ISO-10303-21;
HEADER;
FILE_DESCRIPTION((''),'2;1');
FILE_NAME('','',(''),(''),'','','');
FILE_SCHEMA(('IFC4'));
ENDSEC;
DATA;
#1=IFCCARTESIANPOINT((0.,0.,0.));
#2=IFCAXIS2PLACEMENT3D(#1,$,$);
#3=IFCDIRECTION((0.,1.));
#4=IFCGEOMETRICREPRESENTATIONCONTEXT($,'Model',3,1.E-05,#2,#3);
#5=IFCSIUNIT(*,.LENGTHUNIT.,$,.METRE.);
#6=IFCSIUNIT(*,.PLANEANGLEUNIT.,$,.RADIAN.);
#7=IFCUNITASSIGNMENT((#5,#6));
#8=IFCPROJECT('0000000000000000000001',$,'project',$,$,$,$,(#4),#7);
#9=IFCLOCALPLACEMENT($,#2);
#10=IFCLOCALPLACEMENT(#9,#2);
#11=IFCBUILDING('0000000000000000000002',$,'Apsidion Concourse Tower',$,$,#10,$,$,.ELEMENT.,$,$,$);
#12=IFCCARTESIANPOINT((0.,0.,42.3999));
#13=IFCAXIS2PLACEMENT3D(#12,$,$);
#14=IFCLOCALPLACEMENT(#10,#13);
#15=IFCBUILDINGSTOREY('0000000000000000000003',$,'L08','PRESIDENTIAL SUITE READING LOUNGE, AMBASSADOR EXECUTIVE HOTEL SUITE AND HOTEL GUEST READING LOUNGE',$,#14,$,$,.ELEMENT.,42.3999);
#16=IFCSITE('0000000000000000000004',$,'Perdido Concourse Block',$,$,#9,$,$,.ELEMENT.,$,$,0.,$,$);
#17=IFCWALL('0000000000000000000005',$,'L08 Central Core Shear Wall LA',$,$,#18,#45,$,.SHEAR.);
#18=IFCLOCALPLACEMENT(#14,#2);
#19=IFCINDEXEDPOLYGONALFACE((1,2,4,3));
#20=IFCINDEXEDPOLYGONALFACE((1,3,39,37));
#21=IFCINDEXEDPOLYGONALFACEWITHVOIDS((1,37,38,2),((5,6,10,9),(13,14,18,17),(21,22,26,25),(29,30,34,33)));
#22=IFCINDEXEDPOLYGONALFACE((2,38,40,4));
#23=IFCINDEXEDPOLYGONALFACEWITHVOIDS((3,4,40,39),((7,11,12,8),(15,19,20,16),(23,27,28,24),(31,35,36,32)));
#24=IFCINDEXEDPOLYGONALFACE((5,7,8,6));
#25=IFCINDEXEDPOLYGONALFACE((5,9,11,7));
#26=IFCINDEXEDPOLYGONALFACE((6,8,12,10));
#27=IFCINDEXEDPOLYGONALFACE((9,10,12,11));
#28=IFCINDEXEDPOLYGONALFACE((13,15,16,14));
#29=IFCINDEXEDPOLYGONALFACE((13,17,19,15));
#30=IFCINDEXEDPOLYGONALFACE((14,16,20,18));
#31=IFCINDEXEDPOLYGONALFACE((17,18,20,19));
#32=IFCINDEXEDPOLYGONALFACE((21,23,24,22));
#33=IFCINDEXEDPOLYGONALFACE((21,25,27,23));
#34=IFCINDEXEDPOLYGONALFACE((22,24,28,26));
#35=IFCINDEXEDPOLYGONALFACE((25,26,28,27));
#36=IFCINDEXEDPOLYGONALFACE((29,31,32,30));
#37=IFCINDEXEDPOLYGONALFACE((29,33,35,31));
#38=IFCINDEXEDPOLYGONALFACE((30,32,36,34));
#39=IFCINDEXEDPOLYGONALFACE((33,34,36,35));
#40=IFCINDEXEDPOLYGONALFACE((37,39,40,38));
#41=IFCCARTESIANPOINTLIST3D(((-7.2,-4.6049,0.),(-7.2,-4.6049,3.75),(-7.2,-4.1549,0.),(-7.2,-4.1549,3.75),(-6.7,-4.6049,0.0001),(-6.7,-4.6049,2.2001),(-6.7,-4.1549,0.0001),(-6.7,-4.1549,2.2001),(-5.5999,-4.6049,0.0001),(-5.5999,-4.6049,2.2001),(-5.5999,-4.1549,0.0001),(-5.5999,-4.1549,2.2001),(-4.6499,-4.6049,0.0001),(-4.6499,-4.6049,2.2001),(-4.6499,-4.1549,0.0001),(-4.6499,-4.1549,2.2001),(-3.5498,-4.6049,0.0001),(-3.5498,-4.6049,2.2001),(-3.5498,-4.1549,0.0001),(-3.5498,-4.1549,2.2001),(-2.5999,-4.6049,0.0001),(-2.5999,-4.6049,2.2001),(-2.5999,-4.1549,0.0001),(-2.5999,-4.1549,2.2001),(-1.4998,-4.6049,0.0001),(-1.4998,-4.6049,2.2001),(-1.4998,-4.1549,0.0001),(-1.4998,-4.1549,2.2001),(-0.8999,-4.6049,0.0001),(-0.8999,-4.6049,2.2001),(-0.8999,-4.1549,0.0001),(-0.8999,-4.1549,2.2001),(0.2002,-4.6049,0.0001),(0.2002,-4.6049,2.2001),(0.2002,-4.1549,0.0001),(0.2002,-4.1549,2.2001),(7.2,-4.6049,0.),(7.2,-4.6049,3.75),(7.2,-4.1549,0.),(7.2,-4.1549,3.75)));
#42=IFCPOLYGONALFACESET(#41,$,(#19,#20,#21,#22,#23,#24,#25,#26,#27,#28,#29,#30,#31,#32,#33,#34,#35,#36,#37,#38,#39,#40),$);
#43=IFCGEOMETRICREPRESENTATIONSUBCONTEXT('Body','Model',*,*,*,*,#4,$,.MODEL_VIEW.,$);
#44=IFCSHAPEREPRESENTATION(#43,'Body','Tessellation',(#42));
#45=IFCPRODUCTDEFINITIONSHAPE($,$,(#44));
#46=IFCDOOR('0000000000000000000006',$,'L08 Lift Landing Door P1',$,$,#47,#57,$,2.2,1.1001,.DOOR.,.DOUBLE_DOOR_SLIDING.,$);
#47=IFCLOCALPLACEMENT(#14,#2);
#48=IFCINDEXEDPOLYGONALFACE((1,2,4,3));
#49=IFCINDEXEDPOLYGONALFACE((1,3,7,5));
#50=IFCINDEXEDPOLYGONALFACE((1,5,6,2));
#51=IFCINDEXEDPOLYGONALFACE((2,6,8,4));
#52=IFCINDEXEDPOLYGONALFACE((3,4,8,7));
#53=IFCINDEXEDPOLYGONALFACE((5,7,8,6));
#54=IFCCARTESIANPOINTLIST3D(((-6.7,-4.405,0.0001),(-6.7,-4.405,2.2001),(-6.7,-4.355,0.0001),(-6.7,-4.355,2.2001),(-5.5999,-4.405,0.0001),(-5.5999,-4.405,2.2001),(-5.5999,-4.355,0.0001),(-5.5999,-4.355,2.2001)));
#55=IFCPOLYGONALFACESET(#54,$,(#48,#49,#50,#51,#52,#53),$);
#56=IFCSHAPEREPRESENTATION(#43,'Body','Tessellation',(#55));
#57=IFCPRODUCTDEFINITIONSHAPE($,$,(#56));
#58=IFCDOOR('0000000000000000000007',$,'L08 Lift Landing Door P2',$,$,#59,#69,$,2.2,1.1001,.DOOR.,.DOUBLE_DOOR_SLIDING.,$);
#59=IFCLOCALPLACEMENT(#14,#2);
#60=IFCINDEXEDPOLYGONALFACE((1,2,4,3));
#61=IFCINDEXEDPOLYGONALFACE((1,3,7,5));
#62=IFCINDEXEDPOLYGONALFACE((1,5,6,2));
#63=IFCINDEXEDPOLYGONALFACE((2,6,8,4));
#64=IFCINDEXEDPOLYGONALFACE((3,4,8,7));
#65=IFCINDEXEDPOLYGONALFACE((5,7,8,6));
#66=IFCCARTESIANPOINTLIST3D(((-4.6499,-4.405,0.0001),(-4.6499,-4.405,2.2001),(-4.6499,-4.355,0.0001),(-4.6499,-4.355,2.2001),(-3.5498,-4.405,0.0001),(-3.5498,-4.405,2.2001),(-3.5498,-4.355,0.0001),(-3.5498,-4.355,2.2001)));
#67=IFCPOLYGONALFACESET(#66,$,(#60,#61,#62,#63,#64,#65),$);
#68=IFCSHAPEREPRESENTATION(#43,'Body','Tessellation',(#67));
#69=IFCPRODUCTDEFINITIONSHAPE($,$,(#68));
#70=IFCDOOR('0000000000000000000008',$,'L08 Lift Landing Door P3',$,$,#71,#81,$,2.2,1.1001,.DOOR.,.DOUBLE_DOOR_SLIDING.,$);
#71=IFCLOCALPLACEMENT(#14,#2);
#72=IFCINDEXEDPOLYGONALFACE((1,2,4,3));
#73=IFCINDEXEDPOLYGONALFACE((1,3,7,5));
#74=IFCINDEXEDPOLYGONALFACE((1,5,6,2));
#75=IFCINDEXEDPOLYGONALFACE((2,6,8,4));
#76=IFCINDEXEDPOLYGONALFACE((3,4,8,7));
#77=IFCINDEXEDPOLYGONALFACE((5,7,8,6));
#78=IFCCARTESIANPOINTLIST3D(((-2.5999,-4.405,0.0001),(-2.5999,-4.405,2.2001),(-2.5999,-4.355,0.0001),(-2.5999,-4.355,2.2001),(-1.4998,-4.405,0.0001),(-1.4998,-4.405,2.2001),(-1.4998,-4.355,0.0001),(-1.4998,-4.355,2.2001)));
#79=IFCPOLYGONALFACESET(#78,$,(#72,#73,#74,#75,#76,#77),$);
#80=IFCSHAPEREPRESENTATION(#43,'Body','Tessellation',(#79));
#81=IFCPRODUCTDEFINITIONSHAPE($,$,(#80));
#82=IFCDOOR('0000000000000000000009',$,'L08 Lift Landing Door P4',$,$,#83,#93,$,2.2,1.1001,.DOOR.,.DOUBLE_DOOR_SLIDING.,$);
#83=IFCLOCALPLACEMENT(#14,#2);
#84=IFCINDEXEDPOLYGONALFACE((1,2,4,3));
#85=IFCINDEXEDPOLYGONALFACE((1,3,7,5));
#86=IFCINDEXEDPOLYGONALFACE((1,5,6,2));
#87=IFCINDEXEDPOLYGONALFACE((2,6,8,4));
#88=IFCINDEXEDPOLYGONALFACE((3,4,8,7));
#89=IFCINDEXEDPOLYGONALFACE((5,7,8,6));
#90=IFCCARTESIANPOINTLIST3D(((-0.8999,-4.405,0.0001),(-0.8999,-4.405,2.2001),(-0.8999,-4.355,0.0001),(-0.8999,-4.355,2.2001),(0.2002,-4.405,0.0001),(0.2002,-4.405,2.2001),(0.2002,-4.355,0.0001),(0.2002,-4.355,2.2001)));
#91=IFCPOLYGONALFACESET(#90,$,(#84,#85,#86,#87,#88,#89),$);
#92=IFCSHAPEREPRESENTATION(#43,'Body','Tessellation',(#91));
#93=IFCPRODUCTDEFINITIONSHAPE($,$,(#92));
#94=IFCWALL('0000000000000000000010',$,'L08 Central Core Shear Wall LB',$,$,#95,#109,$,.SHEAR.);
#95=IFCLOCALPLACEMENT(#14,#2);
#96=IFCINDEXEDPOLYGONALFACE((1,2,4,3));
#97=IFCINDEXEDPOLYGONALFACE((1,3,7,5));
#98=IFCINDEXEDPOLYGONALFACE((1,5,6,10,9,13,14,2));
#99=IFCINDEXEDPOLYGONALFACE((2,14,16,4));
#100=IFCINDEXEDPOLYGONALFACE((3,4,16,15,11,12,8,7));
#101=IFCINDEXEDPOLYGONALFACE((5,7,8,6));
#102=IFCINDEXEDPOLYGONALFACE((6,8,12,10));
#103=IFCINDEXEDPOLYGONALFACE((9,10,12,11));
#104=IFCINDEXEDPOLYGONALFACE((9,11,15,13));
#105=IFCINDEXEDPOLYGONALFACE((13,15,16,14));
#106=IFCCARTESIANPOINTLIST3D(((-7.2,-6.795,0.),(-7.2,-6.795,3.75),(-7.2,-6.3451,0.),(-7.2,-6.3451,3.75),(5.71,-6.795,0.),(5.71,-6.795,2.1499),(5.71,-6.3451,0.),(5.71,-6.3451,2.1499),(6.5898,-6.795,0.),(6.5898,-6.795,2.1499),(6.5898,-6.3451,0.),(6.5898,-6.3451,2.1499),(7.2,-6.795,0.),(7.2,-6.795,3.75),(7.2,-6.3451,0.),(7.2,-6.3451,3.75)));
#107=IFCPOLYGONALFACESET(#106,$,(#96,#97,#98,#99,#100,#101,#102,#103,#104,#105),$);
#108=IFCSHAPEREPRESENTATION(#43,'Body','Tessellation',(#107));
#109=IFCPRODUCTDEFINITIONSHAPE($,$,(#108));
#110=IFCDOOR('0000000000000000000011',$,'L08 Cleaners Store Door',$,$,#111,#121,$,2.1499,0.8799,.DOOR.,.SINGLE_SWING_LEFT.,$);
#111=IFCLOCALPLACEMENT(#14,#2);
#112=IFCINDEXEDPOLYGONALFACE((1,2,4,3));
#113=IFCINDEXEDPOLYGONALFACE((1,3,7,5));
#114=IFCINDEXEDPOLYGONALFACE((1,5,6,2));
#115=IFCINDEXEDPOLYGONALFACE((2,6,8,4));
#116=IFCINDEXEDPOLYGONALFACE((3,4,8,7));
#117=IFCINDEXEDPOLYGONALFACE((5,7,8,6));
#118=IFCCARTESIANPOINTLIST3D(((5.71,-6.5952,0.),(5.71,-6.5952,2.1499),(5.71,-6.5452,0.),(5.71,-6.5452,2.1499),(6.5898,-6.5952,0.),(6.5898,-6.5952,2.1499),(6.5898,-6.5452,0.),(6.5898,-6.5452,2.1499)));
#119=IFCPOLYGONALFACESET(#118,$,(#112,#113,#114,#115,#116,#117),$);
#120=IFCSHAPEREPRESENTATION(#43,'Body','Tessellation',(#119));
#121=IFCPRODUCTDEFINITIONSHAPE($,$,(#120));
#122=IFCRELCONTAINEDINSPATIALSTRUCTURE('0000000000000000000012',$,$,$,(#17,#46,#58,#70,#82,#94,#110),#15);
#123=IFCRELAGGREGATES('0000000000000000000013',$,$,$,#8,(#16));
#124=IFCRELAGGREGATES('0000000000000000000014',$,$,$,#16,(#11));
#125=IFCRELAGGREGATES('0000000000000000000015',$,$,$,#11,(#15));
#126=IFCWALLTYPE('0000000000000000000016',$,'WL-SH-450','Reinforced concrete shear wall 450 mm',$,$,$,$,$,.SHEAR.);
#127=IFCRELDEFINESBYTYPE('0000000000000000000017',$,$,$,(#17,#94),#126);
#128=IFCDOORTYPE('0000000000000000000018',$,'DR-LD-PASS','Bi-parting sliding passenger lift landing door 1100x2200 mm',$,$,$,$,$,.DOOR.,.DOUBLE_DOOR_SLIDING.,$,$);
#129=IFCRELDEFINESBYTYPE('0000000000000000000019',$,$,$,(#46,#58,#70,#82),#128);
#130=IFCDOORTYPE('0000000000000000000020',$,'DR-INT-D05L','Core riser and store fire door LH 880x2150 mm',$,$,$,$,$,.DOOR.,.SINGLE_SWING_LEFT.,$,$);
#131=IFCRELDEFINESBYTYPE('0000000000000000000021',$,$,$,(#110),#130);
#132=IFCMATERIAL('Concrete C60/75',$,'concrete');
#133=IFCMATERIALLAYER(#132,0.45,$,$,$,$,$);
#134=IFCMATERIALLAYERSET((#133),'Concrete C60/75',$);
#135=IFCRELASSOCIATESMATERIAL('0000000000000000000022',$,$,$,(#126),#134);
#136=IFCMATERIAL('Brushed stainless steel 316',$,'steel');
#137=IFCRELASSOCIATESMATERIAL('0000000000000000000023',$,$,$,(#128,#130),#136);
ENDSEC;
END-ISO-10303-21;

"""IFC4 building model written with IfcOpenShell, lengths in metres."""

from ifc_helpers import new_model, si_unit, direction, frame, frame_2d, origin, place, context, subcontext, project, spatial, rectangle, extrude, material, layer, layer_set, type_object, element, fill, save


model = new_model("IFC4")

# Units and contexts
model_context = context("Model", 3, precision=1e-05, world=origin(), true_north=direction((0.0, 1.0)))
body_context = subcontext(model_context, "Body", "Model", "MODEL_VIEW")
ifc_project = project(units=[si_unit("LENGTHUNIT", "METRE"), si_unit("PLANEANGLEUNIT", "RADIAN")], contexts=[model_context])

# Site, building, storey
site_placement = place(None, origin())
site = spatial("IfcSite", under=ifc_project, at=site_placement, Name="Perdido Concourse Block", CompositionType="ELEMENT", RefElevation=0.0)
building_placement = place(site_placement, origin())
building = spatial("IfcBuilding", under=site, at=building_placement, Name="Apsidion Concourse Tower", CompositionType="ELEMENT")
storey_placement = place(building_placement, frame((0.0, 0.0, 42.3999)))
storey = spatial("IfcBuildingStorey", under=building, at=storey_placement, Name="L08", Description="PRESIDENTIAL SUITE READING LOUNGE, AMBASSADOR EXECUTIVE HOTEL SUITE AND HOTEL GUEST READING LOUNGE", CompositionType="ELEMENT", Elevation=42.3999)

# Shared definitions
ifc_material_1 = material(Name="Concrete C60/75", Category="concrete")

# Wall, openings, doors
ifc_layer_1 = layer(ifc_material_1, 0.45)
ifc_layer_set_1 = layer_set([ifc_layer_1], Name="Concrete C60/75")
wall_type_1 = type_object("IfcWallType", Name="WL-SH-450", Description="Reinforced concrete shear wall 450 mm", PredefinedType="SHEAR", material=ifc_layer_set_1)
wall_1_placement = place(storey_placement, frame((-7.2, -4.3799, 0.0), z_axis=(0.0, 0.0, 1.0), x_axis=(1.0, 0.0, 0.0)))
wall_1 = element("IfcWall", 1, at=wall_1_placement, inside=storey, type_object=wall_type_1, Name="L08 Central Core Shear Wall LA", PredefinedType="SHEAR", context=body_context, shape_type="SweptSolid", body=[
    extrude(rectangle(XDim=14.3999, YDim=0.45, at=frame_2d((7.2, 0.0))), origin(), (0.0, 0.0, 1.0), 3.75),
])
opening_1_placement = place(wall_1_placement, frame((0.5, 0.0, 0.0)))
opening_1 = element("IfcOpeningElement", 2, at=opening_1_placement, cuts=wall_1, PredefinedType="OPENING", context=body_context, shape_type="SweptSolid", body=[
    extrude(rectangle(XDim=1.1001, YDim=2.2, at=frame_2d((0.55, 1.1001))), frame((0.0, 0.2349, 0.0), z_axis=(0.0, -1.0, 0.0), x_axis=(1.0, 0.0, 0.0)), (0.0, 0.0, 1.0), 0.47),
])
opening_2_placement = place(wall_1_placement, frame((2.55, 0.0, 0.0)))
opening_2 = element("IfcOpeningElement", 3, at=opening_2_placement, cuts=wall_1, PredefinedType="OPENING", context=body_context, shape_type="SweptSolid", body=[
    extrude(rectangle(XDim=1.1001, YDim=2.2, at=frame_2d((0.55, 1.1001))), frame((0.0, 0.2349, 0.0), z_axis=(0.0, -1.0, 0.0), x_axis=(1.0, 0.0, 0.0)), (0.0, 0.0, 1.0), 0.47),
])
opening_3_placement = place(wall_1_placement, frame((4.6001, 0.0, 0.0)))
opening_3 = element("IfcOpeningElement", 4, at=opening_3_placement, cuts=wall_1, PredefinedType="OPENING", context=body_context, shape_type="SweptSolid", body=[
    extrude(rectangle(XDim=1.1001, YDim=2.2, at=frame_2d((0.55, 1.1001))), frame((0.0, 0.2349, 0.0), z_axis=(0.0, -1.0, 0.0), x_axis=(1.0, 0.0, 0.0)), (0.0, 0.0, 1.0), 0.47),
])
opening_4_placement = place(wall_1_placement, frame((6.3, 0.0, 0.0)))
opening_4 = element("IfcOpeningElement", 5, at=opening_4_placement, cuts=wall_1, PredefinedType="OPENING", context=body_context, shape_type="SweptSolid", body=[
    extrude(rectangle(XDim=1.1001, YDim=2.2, at=frame_2d((0.55, 1.1001))), frame((0.0, 0.2349, 0.0), z_axis=(0.0, -1.0, 0.0), x_axis=(1.0, 0.0, 0.0)), (0.0, 0.0, 1.0), 0.47),
])
ifc_material_2 = material(Name="Brushed stainless steel 316", Category="steel")
door_type_1 = type_object("IfcDoorType", Name="DR-LD-PASS", Description="Bi-parting sliding passenger lift landing door 1100x2200 mm", OperationType="DOUBLE_DOOR_SLIDING", PredefinedType="DOOR", material=ifc_material_2)
door_1_placement = place(opening_1_placement, origin())
door_1 = element("IfcDoor", 6, at=door_1_placement, inside=storey, type_object=door_type_1, Name="L08 Lift Landing Door P1", OperationType="DOUBLE_DOOR_SLIDING", OverallHeight=2.2, OverallWidth=1.1001, PredefinedType="DOOR", context=body_context, shape_type="SweptSolid", body=[
    extrude(rectangle(XDim=1.1001, YDim=2.2, at=frame_2d((0.55, 1.1001))), frame((0.0, 0.0249, 0.0), z_axis=(0.0, -1.0, 0.0), x_axis=(1.0, 0.0, 0.0)), (0.0, 0.0, 1.0), 0.05),
])
fill(opening_1, door_1)
door_2_placement = place(opening_2_placement, origin())
door_2 = element("IfcDoor", 7, at=door_2_placement, inside=storey, type_object=door_type_1, Name="L08 Lift Landing Door P2", OperationType="DOUBLE_DOOR_SLIDING", OverallHeight=2.2, OverallWidth=1.1001, PredefinedType="DOOR", context=body_context, shape_type="SweptSolid", body=[
    extrude(rectangle(XDim=1.1001, YDim=2.2, at=frame_2d((0.55, 1.1001))), frame((0.0, 0.0249, 0.0), z_axis=(0.0, -1.0, 0.0), x_axis=(1.0, 0.0, 0.0)), (0.0, 0.0, 1.0), 0.05),
])
fill(opening_2, door_2)
door_3_placement = place(opening_3_placement, origin())
door_3 = element("IfcDoor", 8, at=door_3_placement, inside=storey, type_object=door_type_1, Name="L08 Lift Landing Door P3", OperationType="DOUBLE_DOOR_SLIDING", OverallHeight=2.2, OverallWidth=1.1001, PredefinedType="DOOR", context=body_context, shape_type="SweptSolid", body=[
    extrude(rectangle(XDim=1.1001, YDim=2.2, at=frame_2d((0.55, 1.1001))), frame((0.0, 0.0249, 0.0), z_axis=(0.0, -1.0, 0.0), x_axis=(1.0, 0.0, 0.0)), (0.0, 0.0, 1.0), 0.05),
])
fill(opening_3, door_3)
door_4_placement = place(opening_4_placement, origin())
door_4 = element("IfcDoor", 9, at=door_4_placement, inside=storey, type_object=door_type_1, Name="L08 Lift Landing Door P4", OperationType="DOUBLE_DOOR_SLIDING", OverallHeight=2.2, OverallWidth=1.1001, PredefinedType="DOOR", context=body_context, shape_type="SweptSolid", body=[
    extrude(rectangle(XDim=1.1001, YDim=2.2, at=frame_2d((0.55, 1.1001))), frame((0.0, 0.0249, 0.0), z_axis=(0.0, -1.0, 0.0), x_axis=(1.0, 0.0, 0.0)), (0.0, 0.0, 1.0), 0.05),
])
fill(opening_4, door_4)

# Wall, opening, door
wall_2_placement = place(storey_placement, frame((-7.2, -6.5701, 0.0), z_axis=(0.0, 0.0, 1.0), x_axis=(1.0, 0.0, 0.0)))
wall_2 = element("IfcWall", 10, at=wall_2_placement, inside=storey, type_object=wall_type_1, Name="L08 Central Core Shear Wall LB", PredefinedType="SHEAR", context=body_context, shape_type="SweptSolid", body=[
    extrude(rectangle(XDim=14.3999, YDim=0.45, at=frame_2d((7.2, 0.0))), origin(), (0.0, 0.0, 1.0), 3.75),
])
opening_5_placement = place(wall_2_placement, frame((12.9099, 0.0, 0.0)))
opening_5 = element("IfcOpeningElement", 11, at=opening_5_placement, cuts=wall_2, PredefinedType="OPENING", context=body_context, shape_type="SweptSolid", body=[
    extrude(rectangle(XDim=0.8799, YDim=2.1499, at=frame_2d((0.4399, 1.075))), frame((0.0, 0.2349, 0.0), z_axis=(0.0, -1.0, 0.0), x_axis=(1.0, 0.0, 0.0)), (0.0, 0.0, 1.0), 0.47),
])
door_type_2 = type_object("IfcDoorType", Name="DR-INT-D05L", Description="Core riser and store fire door LH 880x2150 mm", OperationType="SINGLE_SWING_LEFT", PredefinedType="DOOR", material=ifc_material_2)
door_5_placement = place(opening_5_placement, origin())
door_5 = element("IfcDoor", 12, at=door_5_placement, inside=storey, type_object=door_type_2, Name="L08 Cleaners Store Door", OperationType="SINGLE_SWING_LEFT", OverallHeight=2.1499, OverallWidth=0.8799, PredefinedType="DOOR", context=body_context, shape_type="SweptSolid", body=[
    extrude(rectangle(XDim=0.8799, YDim=2.1499, at=frame_2d((0.4399, 1.075))), frame((0.0, 0.0249, 0.0), z_axis=(0.0, -1.0, 0.0), x_axis=(1.0, 0.0, 0.0)), (0.0, 0.0, 1.0), 0.05),
])
fill(opening_5, door_5)

save(model, "model.ifc")
